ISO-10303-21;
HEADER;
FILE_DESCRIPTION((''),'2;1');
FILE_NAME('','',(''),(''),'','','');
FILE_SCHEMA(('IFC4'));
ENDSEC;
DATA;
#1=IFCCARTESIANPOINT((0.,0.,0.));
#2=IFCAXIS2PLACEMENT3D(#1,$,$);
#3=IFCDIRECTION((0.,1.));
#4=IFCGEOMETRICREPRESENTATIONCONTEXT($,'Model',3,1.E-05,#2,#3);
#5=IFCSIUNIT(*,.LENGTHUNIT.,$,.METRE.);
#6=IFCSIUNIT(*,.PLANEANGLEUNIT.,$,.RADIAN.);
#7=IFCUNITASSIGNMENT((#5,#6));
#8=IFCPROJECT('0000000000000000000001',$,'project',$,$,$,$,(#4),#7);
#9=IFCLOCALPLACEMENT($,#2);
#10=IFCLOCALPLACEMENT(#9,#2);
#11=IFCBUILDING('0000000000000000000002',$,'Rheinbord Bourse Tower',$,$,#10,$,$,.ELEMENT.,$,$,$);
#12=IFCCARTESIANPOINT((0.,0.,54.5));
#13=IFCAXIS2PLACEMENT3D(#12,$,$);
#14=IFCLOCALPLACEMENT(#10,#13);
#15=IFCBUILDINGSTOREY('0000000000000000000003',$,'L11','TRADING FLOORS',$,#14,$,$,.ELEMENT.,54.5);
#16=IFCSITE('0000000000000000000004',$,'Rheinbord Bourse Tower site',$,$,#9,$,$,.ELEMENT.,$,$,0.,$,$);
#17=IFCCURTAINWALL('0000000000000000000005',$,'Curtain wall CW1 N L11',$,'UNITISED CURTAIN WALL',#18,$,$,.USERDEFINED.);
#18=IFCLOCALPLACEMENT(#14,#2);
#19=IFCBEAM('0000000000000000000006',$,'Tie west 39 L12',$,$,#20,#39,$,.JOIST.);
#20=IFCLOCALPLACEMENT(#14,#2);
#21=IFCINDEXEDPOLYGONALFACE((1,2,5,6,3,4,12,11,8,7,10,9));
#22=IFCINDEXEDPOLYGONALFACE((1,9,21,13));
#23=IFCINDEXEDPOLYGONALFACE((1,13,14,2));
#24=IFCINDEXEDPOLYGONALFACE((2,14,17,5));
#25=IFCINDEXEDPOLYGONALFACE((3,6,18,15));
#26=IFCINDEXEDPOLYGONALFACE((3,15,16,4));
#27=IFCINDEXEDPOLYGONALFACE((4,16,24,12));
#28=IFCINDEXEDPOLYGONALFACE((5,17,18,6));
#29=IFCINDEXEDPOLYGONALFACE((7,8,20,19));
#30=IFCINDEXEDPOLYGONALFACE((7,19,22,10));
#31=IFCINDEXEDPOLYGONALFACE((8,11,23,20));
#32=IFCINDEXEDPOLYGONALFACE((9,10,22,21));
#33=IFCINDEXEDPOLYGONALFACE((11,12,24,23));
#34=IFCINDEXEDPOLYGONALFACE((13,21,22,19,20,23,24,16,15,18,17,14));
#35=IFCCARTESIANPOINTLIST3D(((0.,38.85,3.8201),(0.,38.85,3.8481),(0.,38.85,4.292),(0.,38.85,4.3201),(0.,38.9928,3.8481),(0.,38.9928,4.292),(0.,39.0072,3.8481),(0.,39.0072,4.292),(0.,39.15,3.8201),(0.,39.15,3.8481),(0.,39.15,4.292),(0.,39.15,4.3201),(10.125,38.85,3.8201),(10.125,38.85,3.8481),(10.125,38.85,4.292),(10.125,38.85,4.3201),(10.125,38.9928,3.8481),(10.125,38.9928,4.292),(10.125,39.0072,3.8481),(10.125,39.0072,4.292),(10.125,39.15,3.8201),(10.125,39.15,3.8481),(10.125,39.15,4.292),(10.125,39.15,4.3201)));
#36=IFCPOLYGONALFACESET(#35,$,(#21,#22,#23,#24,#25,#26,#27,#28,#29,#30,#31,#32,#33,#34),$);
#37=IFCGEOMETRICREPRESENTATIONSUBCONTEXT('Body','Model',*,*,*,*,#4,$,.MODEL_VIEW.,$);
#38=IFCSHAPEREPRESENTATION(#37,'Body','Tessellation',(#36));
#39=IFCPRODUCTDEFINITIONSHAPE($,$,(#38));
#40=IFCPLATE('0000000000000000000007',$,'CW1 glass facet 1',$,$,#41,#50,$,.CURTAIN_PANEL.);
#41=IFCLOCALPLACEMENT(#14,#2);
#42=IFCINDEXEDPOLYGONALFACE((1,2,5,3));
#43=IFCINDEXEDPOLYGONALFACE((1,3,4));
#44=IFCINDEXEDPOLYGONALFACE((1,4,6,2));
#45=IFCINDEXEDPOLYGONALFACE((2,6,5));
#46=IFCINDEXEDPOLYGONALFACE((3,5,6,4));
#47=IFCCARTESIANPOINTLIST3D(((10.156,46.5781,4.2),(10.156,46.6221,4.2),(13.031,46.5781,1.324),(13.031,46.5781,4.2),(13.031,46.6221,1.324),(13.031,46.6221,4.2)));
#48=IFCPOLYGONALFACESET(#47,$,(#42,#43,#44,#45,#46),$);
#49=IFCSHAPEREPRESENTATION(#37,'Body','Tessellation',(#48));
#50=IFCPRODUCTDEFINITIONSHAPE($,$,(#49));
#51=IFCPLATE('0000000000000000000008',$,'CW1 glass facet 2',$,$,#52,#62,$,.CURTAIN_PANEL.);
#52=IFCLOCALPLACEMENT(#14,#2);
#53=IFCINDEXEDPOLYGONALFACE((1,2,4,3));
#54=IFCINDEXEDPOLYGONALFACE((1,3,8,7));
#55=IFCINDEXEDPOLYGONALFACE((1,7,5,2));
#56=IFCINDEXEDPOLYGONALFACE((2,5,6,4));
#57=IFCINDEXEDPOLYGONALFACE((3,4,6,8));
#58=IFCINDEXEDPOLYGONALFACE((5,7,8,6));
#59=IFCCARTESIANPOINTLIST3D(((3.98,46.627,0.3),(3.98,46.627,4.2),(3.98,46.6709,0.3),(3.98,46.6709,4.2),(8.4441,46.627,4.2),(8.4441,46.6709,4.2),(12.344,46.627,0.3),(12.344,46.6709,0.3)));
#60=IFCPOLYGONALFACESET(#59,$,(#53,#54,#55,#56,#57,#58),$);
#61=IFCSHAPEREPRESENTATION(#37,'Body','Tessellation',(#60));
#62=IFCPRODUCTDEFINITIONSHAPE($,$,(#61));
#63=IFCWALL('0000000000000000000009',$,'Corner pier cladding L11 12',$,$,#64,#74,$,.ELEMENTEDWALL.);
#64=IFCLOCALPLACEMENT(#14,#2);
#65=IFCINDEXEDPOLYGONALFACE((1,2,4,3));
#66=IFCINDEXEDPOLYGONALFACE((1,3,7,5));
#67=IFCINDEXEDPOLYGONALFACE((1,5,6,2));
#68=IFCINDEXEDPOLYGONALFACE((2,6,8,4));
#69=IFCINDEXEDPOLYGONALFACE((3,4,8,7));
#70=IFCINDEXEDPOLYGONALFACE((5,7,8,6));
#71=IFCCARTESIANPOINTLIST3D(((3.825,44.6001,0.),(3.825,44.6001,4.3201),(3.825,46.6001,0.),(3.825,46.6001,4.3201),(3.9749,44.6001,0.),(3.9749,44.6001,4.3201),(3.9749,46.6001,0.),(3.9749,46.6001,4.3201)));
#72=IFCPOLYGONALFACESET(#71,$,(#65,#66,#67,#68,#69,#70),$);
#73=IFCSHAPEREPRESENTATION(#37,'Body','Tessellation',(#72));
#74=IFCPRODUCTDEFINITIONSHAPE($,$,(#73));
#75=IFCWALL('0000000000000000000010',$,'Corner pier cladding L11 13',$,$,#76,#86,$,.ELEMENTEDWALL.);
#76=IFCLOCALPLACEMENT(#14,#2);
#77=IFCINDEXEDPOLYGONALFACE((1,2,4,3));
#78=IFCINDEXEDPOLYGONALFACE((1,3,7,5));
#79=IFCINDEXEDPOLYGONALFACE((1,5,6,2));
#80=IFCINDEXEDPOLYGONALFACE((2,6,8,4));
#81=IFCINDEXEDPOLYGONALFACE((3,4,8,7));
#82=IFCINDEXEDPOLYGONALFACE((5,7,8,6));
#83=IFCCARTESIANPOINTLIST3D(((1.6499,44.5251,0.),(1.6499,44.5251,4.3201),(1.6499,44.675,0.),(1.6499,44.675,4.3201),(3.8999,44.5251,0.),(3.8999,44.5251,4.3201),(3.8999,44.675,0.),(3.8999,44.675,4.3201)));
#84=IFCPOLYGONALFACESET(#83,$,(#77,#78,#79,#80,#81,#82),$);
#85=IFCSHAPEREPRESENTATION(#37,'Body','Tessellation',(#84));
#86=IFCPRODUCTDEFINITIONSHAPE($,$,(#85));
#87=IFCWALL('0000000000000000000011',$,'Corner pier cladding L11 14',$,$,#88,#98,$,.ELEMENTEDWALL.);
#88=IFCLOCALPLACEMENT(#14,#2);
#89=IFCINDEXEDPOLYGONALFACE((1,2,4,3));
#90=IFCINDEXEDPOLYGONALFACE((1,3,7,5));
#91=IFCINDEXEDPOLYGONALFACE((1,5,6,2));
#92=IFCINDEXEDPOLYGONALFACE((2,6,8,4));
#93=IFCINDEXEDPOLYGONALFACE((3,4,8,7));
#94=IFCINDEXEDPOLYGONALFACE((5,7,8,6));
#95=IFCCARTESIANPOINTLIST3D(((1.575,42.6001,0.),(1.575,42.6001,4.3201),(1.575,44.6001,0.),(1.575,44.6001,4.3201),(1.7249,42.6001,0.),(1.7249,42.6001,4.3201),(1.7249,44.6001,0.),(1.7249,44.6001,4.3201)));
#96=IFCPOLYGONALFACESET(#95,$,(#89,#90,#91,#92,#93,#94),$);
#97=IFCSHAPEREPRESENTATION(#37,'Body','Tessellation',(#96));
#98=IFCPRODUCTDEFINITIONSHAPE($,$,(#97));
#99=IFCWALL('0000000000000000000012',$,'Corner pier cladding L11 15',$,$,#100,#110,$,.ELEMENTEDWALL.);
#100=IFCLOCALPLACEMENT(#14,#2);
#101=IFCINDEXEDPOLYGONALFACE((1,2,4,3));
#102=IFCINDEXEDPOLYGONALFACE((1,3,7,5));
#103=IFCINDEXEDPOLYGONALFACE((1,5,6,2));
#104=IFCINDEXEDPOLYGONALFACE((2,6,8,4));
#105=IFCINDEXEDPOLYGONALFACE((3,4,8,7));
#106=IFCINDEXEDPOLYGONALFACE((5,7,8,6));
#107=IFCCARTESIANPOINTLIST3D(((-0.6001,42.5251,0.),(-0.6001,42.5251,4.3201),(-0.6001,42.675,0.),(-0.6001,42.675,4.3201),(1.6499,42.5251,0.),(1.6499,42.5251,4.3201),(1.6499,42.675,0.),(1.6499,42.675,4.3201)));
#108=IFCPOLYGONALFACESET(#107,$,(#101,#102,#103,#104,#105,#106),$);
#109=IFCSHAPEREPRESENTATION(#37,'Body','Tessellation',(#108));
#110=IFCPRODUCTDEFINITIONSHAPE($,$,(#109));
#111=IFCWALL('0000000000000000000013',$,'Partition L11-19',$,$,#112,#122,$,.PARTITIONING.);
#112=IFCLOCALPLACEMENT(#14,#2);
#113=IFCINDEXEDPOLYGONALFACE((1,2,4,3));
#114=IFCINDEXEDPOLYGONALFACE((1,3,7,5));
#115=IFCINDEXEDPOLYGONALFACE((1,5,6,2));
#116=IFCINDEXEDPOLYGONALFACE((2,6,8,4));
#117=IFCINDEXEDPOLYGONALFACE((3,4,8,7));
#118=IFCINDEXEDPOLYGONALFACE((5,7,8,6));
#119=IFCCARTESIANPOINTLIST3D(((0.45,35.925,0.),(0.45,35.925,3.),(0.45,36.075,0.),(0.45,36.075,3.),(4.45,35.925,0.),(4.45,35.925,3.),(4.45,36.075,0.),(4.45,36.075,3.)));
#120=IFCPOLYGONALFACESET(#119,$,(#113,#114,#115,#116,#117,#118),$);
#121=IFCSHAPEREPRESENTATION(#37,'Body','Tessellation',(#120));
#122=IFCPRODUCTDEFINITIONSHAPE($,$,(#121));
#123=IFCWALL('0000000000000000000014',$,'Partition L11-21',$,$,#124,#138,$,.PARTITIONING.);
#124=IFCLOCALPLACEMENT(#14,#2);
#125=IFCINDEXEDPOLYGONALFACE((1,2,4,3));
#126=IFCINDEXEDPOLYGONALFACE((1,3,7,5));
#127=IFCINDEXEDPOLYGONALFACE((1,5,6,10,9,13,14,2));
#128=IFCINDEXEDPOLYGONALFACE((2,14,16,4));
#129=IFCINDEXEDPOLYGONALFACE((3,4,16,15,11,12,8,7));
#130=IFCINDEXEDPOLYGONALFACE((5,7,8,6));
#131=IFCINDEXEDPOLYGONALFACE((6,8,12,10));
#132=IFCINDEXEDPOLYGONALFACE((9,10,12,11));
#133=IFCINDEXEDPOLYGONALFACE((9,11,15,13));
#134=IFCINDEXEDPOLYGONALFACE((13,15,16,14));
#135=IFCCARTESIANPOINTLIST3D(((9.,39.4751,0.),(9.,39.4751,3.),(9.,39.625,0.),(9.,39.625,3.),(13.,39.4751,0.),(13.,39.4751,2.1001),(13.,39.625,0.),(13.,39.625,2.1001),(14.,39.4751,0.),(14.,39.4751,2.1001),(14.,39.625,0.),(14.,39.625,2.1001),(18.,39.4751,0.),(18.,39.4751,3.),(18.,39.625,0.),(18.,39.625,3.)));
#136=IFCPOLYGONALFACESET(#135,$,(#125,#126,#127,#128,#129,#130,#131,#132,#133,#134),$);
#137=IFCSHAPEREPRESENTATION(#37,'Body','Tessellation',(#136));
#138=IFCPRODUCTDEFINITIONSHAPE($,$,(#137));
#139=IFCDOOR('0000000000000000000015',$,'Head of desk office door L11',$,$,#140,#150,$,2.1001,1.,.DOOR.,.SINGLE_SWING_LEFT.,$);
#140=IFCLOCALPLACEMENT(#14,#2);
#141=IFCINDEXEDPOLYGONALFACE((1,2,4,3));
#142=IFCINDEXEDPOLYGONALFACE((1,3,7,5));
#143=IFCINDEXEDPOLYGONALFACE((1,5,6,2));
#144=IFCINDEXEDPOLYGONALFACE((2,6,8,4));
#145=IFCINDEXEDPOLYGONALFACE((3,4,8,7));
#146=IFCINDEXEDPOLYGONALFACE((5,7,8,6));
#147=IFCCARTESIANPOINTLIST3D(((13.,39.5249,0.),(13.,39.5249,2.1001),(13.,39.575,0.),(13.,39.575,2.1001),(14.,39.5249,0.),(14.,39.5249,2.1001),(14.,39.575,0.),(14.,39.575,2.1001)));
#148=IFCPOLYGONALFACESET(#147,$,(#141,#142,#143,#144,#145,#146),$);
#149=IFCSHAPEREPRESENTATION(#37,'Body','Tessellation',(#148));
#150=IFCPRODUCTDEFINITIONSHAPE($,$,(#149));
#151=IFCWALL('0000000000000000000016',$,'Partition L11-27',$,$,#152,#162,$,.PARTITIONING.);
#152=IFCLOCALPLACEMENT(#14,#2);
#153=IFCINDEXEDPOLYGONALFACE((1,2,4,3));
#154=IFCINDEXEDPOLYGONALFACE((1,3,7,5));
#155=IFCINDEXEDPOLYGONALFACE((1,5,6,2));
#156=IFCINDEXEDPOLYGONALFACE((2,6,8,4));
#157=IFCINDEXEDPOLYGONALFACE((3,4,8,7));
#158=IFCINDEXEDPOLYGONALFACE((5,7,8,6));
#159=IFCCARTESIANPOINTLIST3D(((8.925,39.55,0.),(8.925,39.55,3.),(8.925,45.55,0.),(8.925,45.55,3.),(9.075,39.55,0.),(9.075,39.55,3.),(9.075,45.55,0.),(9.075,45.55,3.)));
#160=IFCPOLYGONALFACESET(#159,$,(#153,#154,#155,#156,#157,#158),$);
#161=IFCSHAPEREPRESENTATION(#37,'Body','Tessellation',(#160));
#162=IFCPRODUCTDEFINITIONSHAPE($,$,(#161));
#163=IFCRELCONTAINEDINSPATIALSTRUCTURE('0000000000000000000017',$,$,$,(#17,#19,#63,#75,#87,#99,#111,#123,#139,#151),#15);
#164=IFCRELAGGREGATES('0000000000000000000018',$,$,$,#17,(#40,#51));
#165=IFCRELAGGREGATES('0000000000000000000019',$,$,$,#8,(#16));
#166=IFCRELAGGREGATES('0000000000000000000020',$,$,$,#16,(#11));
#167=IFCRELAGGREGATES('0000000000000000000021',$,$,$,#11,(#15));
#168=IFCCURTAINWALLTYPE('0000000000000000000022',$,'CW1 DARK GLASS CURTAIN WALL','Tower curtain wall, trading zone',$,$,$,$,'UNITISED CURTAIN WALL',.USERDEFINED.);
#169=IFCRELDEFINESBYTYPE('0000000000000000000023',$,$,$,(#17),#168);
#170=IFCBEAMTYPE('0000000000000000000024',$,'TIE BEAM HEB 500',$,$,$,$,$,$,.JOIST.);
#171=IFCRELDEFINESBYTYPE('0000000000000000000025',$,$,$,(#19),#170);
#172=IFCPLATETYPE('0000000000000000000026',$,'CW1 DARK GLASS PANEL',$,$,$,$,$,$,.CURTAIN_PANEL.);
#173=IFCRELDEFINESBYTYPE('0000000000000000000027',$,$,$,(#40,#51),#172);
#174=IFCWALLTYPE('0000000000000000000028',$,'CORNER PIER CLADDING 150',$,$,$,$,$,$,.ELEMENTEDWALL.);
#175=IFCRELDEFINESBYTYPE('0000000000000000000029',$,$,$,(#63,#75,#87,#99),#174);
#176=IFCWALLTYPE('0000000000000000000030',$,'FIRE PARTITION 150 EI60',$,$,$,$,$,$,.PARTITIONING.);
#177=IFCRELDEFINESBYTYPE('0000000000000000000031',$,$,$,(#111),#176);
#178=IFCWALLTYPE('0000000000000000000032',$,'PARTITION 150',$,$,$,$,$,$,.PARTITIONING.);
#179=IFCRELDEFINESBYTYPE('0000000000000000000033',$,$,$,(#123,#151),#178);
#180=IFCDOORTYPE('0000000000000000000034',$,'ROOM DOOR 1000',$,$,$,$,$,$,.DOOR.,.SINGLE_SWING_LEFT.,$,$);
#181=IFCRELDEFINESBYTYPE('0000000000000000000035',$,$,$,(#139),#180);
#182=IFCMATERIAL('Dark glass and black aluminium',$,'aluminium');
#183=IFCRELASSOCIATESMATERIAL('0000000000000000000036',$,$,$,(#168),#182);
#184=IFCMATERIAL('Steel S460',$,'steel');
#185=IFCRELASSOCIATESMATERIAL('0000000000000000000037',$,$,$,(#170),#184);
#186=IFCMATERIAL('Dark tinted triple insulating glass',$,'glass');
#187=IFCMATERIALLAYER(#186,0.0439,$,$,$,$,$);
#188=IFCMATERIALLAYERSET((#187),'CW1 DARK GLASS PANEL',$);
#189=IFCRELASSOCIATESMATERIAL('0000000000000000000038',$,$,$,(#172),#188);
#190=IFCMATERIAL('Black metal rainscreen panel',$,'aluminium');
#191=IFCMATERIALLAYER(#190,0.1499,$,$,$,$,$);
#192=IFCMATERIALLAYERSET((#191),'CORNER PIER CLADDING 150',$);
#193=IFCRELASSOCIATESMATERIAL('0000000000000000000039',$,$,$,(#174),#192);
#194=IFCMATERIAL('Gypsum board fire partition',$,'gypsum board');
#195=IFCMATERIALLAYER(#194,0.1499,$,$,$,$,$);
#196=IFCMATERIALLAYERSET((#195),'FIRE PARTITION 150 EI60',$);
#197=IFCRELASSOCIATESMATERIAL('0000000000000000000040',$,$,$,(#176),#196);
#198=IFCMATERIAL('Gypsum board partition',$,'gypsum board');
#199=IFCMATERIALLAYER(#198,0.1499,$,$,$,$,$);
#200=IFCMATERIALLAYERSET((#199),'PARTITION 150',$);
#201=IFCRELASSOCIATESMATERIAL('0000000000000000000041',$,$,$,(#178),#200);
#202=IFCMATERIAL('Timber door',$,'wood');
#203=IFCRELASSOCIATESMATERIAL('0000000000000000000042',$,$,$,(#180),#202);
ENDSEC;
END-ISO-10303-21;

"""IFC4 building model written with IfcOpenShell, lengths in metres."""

from ifc_helpers import new_model, si_unit, direction, frame, frame_2d, origin, origin_2d, place, context, subcontext, project, spatial, polyline, rectangle, i_section, outline, extrude, material, layer, layer_set, material_profile, profile_set, type_object, element, fill, aggregate, save


model = new_model("IFC4")

# Units and contexts
model_context = context("Model", 3, precision=1e-05, world=origin(), true_north=direction((0.0, 1.0)))
body_context = subcontext(model_context, "Body", "Model", "MODEL_VIEW")
ifc_project = project(units=[si_unit("LENGTHUNIT", "METRE"), si_unit("PLANEANGLEUNIT", "RADIAN")], contexts=[model_context])

# Site, building, storey
site_placement = place(None, origin())
site = spatial("IfcSite", under=ifc_project, at=site_placement, Name="Rheinbord Bourse Tower site", CompositionType="ELEMENT", RefElevation=0.0)
building_placement = place(site_placement, origin())
building = spatial("IfcBuilding", under=site, at=building_placement, Name="Rheinbord Bourse Tower", CompositionType="ELEMENT")
storey_placement = place(building_placement, frame((0.0, 0.0, 54.5)))
storey = spatial("IfcBuildingStorey", under=building, at=storey_placement, Name="L11", Description="TRADING FLOORS", CompositionType="ELEMENT", Elevation=54.5)

# Curtain wall
ifc_material_1 = material(Name="Dark glass and black aluminium", Category="aluminium")
curtain_wall_type = type_object("IfcCurtainWallType", Name="CW1 DARK GLASS CURTAIN WALL", Description="Tower curtain wall, trading zone", ElementType="UNITISED CURTAIN WALL", PredefinedType="USERDEFINED", material=ifc_material_1)
curtain_wall_1_placement = place(storey_placement, origin())
curtain_wall_1 = element("IfcCurtainWall", 1, at=curtain_wall_1_placement, inside=storey, type_object=curtain_wall_type, Name="Curtain wall CW1 N L11", ObjectType="UNITISED CURTAIN WALL", PredefinedType="USERDEFINED")

# Beam
ifc_material_2 = material(Name="Steel S460", Category="steel")
ifc_material_profile_1 = material_profile(ifc_material_2, i_section(OverallWidth=0.3, OverallDepth=0.5, WebThickness=0.0144, FlangeThickness=0.0281, at=origin_2d()), Name="HEB 500")
ifc_profile_set_1 = profile_set([ifc_material_profile_1], Name="Steel S460")
beam_type_1 = type_object("IfcBeamType", Name="TIE BEAM HEB 500", PredefinedType="JOIST", material=ifc_profile_set_1)
beam_1_placement = place(storey_placement, frame((0.0, 39.0, 4.0701), z_axis=(1.0, 0.0, 0.0), x_axis=(0.0, 1.0, 0.0)))
element("IfcBeam", 2, at=beam_1_placement, inside=storey, type_object=beam_type_1, Name="Tie west 39 L12", PredefinedType="JOIST", context=body_context, shape_type="SweptSolid", body=[
    extrude(i_section(OverallWidth=0.3, OverallDepth=0.5, WebThickness=0.0144, FlangeThickness=0.0281, at=origin_2d()), origin(), (0.0, 0.0, 1.0), 10.125),
])

# Plates
ifc_material_3 = material(Name="Dark tinted triple insulating glass", Category="glass")
ifc_layer_1 = layer(ifc_material_3, 0.0439)
ifc_layer_set_1 = layer_set([ifc_layer_1], Name="CW1 DARK GLASS PANEL")
plate_type = type_object("IfcPlateType", Name="CW1 DARK GLASS PANEL", PredefinedType="CURTAIN_PANEL", material=ifc_layer_set_1)
plate_1_placement = place(storey_placement, frame((13.031, 46.6221, 4.2), z_axis=(0.0, -1.0, 0.0), x_axis=(-1.0, 0.0, 0.0)))
plate_1 = element("IfcPlate", 3, at=plate_1_placement, type_object=plate_type, Name="CW1 glass facet 1", PredefinedType="CURTAIN_PANEL", context=body_context, shape_type="SweptSolid", body=[
    extrude(outline(polyline([(0.0, 0.0), (2.875, 0.0), (0.0, 2.876), (0.0, 0.0)])), origin(), (0.0, 0.0, 1.0), 0.0439),
])
plate_2_placement = place(storey_placement, frame((3.98, 46.6709, 4.2), z_axis=(0.0, -1.0, 0.0), x_axis=(0.0, 0.0, -1.0)))
plate_2 = element("IfcPlate", 4, at=plate_2_placement, type_object=plate_type, Name="CW1 glass facet 2", PredefinedType="CURTAIN_PANEL", context=body_context, shape_type="SweptSolid", body=[
    extrude(outline(polyline([(0.0, 0.0), (3.8999, 0.0), (3.8999, 8.364), (0.0, 4.4641), (0.0, 0.0)])), origin(), (0.0, 0.0, 1.0), 0.0439),
])
aggregate(curtain_wall_1, [plate_1, plate_2])

# Walls
ifc_material_4 = material(Name="Black metal rainscreen panel", Category="aluminium")
ifc_layer_2 = layer(ifc_material_4, 0.1499)
ifc_layer_set_2 = layer_set([ifc_layer_2], Name="CORNER PIER CLADDING 150")
wall_type_1 = type_object("IfcWallType", Name="CORNER PIER CLADDING 150", PredefinedType="ELEMENTEDWALL", material=ifc_layer_set_2)
wall_1_placement = place(storey_placement, frame((3.8999, 46.6001, 0.0), z_axis=(0.0, 0.0, 1.0), x_axis=(0.0, -1.0, 0.0)))
element("IfcWall", 5, at=wall_1_placement, inside=storey, type_object=wall_type_1, Name="Corner pier cladding L11 12", PredefinedType="ELEMENTEDWALL", context=body_context, shape_type="SweptSolid", body=[
    extrude(rectangle(XDim=2.0, YDim=0.1499, at=frame_2d((1.0, 0.0))), origin(), (0.0, 0.0, 1.0), 4.3201),
])
wall_2_placement = place(storey_placement, frame((3.8999, 44.6001, 0.0), z_axis=(0.0, 0.0, 1.0), x_axis=(-1.0, 0.0, 0.0)))
element("IfcWall", 6, at=wall_2_placement, inside=storey, type_object=wall_type_1, Name="Corner pier cladding L11 13", PredefinedType="ELEMENTEDWALL", context=body_context, shape_type="SweptSolid", body=[
    extrude(rectangle(XDim=2.25, YDim=0.1499, at=frame_2d((1.125, 0.0))), origin(), (0.0, 0.0, 1.0), 4.3201),
])
wall_3_placement = place(storey_placement, frame((1.6499, 44.6001, 0.0), z_axis=(0.0, 0.0, 1.0), x_axis=(0.0, -1.0, 0.0)))
element("IfcWall", 7, at=wall_3_placement, inside=storey, type_object=wall_type_1, Name="Corner pier cladding L11 14", PredefinedType="ELEMENTEDWALL", context=body_context, shape_type="SweptSolid", body=[
    extrude(rectangle(XDim=2.0, YDim=0.1499, at=frame_2d((1.0, 0.0))), origin(), (0.0, 0.0, 1.0), 4.3201),
])
wall_4_placement = place(storey_placement, frame((1.6499, 42.6001, 0.0), z_axis=(0.0, 0.0, 1.0), x_axis=(-1.0, 0.0, 0.0)))
element("IfcWall", 8, at=wall_4_placement, inside=storey, type_object=wall_type_1, Name="Corner pier cladding L11 15", PredefinedType="ELEMENTEDWALL", context=body_context, shape_type="SweptSolid", body=[
    extrude(rectangle(XDim=2.25, YDim=0.1499, at=frame_2d((1.125, 0.0))), origin(), (0.0, 0.0, 1.0), 4.3201),
])
ifc_material_5 = material(Name="Gypsum board fire partition", Category="gypsum board")
ifc_layer_3 = layer(ifc_material_5, 0.1499)
ifc_layer_set_3 = layer_set([ifc_layer_3], Name="FIRE PARTITION 150 EI60")
wall_type_2 = type_object("IfcWallType", Name="FIRE PARTITION 150 EI60", PredefinedType="PARTITIONING", material=ifc_layer_set_3)
wall_5_placement = place(storey_placement, frame((0.45, 36.0, 0.0), z_axis=(0.0, 0.0, 1.0), x_axis=(1.0, 0.0, 0.0)))
element("IfcWall", 9, at=wall_5_placement, inside=storey, type_object=wall_type_2, Name="Partition L11-19", PredefinedType="PARTITIONING", context=body_context, shape_type="SweptSolid", body=[
    extrude(rectangle(XDim=4.0, YDim=0.1499, at=frame_2d((2.0, 0.0))), origin(), (0.0, 0.0, 1.0), 3.0),
])

# Wall, opening, door
ifc_material_6 = material(Name="Gypsum board partition", Category="gypsum board")
ifc_layer_4 = layer(ifc_material_6, 0.1499)
ifc_layer_set_4 = layer_set([ifc_layer_4], Name="PARTITION 150")
wall_type_3 = type_object("IfcWallType", Name="PARTITION 150", PredefinedType="PARTITIONING", material=ifc_layer_set_4)
wall_6_placement = place(storey_placement, frame((9.0, 39.55, 0.0), z_axis=(0.0, 0.0, 1.0), x_axis=(1.0, 0.0, 0.0)))
wall_6 = element("IfcWall", 10, at=wall_6_placement, inside=storey, type_object=wall_type_3, Name="Partition L11-21", PredefinedType="PARTITIONING", context=body_context, shape_type="SweptSolid", body=[
    extrude(rectangle(XDim=9.0, YDim=0.1499, at=frame_2d((4.5, 0.0))), origin(), (0.0, 0.0, 1.0), 3.0),
])
opening_placement = place(wall_6_placement, frame((4.0, 0.0, 0.0)))
opening = element("IfcOpeningElement", 11, at=opening_placement, cuts=wall_6, PredefinedType="OPENING", context=body_context, shape_type="SweptSolid", body=[
    extrude(rectangle(XDim=1.0, YDim=2.1001, at=frame_2d((0.5, 1.05))), frame((0.0, 0.085, 0.0), z_axis=(0.0, -1.0, 0.0), x_axis=(1.0, 0.0, 0.0)), (0.0, 0.0, 1.0), 0.1699),
])
ifc_material_7 = material(Name="Timber door", Category="wood")
door_type = type_object("IfcDoorType", Name="ROOM DOOR 1000", OperationType="SINGLE_SWING_LEFT", PredefinedType="DOOR", material=ifc_material_7)
door_placement = place(opening_placement, origin())
door = element("IfcDoor", 12, at=door_placement, inside=storey, type_object=door_type, Name="Head of desk office door L11", OperationType="SINGLE_SWING_LEFT", OverallHeight=2.1001, OverallWidth=1.0, PredefinedType="DOOR", context=body_context, shape_type="SweptSolid", body=[
    extrude(rectangle(XDim=1.0, YDim=2.1001, at=frame_2d((0.5, 1.05))), frame((0.0, 0.0249, 0.0), z_axis=(0.0, -1.0, 0.0), x_axis=(1.0, 0.0, 0.0)), (0.0, 0.0, 1.0), 0.05),
])
fill(opening, door)

# Wall
wall_7_placement = place(storey_placement, frame((9.0, 39.55, 0.0), z_axis=(0.0, 0.0, 1.0), x_axis=(0.0, 1.0, 0.0)))
element("IfcWall", 13, at=wall_7_placement, inside=storey, type_object=wall_type_3, Name="Partition L11-27", PredefinedType="PARTITIONING", context=body_context, shape_type="SweptSolid", body=[
    extrude(rectangle(XDim=6.0, YDim=0.1499, at=frame_2d((3.0, 0.0))), origin(), (0.0, 0.0, 1.0), 3.0),
])

save(model, "model.ifc")
